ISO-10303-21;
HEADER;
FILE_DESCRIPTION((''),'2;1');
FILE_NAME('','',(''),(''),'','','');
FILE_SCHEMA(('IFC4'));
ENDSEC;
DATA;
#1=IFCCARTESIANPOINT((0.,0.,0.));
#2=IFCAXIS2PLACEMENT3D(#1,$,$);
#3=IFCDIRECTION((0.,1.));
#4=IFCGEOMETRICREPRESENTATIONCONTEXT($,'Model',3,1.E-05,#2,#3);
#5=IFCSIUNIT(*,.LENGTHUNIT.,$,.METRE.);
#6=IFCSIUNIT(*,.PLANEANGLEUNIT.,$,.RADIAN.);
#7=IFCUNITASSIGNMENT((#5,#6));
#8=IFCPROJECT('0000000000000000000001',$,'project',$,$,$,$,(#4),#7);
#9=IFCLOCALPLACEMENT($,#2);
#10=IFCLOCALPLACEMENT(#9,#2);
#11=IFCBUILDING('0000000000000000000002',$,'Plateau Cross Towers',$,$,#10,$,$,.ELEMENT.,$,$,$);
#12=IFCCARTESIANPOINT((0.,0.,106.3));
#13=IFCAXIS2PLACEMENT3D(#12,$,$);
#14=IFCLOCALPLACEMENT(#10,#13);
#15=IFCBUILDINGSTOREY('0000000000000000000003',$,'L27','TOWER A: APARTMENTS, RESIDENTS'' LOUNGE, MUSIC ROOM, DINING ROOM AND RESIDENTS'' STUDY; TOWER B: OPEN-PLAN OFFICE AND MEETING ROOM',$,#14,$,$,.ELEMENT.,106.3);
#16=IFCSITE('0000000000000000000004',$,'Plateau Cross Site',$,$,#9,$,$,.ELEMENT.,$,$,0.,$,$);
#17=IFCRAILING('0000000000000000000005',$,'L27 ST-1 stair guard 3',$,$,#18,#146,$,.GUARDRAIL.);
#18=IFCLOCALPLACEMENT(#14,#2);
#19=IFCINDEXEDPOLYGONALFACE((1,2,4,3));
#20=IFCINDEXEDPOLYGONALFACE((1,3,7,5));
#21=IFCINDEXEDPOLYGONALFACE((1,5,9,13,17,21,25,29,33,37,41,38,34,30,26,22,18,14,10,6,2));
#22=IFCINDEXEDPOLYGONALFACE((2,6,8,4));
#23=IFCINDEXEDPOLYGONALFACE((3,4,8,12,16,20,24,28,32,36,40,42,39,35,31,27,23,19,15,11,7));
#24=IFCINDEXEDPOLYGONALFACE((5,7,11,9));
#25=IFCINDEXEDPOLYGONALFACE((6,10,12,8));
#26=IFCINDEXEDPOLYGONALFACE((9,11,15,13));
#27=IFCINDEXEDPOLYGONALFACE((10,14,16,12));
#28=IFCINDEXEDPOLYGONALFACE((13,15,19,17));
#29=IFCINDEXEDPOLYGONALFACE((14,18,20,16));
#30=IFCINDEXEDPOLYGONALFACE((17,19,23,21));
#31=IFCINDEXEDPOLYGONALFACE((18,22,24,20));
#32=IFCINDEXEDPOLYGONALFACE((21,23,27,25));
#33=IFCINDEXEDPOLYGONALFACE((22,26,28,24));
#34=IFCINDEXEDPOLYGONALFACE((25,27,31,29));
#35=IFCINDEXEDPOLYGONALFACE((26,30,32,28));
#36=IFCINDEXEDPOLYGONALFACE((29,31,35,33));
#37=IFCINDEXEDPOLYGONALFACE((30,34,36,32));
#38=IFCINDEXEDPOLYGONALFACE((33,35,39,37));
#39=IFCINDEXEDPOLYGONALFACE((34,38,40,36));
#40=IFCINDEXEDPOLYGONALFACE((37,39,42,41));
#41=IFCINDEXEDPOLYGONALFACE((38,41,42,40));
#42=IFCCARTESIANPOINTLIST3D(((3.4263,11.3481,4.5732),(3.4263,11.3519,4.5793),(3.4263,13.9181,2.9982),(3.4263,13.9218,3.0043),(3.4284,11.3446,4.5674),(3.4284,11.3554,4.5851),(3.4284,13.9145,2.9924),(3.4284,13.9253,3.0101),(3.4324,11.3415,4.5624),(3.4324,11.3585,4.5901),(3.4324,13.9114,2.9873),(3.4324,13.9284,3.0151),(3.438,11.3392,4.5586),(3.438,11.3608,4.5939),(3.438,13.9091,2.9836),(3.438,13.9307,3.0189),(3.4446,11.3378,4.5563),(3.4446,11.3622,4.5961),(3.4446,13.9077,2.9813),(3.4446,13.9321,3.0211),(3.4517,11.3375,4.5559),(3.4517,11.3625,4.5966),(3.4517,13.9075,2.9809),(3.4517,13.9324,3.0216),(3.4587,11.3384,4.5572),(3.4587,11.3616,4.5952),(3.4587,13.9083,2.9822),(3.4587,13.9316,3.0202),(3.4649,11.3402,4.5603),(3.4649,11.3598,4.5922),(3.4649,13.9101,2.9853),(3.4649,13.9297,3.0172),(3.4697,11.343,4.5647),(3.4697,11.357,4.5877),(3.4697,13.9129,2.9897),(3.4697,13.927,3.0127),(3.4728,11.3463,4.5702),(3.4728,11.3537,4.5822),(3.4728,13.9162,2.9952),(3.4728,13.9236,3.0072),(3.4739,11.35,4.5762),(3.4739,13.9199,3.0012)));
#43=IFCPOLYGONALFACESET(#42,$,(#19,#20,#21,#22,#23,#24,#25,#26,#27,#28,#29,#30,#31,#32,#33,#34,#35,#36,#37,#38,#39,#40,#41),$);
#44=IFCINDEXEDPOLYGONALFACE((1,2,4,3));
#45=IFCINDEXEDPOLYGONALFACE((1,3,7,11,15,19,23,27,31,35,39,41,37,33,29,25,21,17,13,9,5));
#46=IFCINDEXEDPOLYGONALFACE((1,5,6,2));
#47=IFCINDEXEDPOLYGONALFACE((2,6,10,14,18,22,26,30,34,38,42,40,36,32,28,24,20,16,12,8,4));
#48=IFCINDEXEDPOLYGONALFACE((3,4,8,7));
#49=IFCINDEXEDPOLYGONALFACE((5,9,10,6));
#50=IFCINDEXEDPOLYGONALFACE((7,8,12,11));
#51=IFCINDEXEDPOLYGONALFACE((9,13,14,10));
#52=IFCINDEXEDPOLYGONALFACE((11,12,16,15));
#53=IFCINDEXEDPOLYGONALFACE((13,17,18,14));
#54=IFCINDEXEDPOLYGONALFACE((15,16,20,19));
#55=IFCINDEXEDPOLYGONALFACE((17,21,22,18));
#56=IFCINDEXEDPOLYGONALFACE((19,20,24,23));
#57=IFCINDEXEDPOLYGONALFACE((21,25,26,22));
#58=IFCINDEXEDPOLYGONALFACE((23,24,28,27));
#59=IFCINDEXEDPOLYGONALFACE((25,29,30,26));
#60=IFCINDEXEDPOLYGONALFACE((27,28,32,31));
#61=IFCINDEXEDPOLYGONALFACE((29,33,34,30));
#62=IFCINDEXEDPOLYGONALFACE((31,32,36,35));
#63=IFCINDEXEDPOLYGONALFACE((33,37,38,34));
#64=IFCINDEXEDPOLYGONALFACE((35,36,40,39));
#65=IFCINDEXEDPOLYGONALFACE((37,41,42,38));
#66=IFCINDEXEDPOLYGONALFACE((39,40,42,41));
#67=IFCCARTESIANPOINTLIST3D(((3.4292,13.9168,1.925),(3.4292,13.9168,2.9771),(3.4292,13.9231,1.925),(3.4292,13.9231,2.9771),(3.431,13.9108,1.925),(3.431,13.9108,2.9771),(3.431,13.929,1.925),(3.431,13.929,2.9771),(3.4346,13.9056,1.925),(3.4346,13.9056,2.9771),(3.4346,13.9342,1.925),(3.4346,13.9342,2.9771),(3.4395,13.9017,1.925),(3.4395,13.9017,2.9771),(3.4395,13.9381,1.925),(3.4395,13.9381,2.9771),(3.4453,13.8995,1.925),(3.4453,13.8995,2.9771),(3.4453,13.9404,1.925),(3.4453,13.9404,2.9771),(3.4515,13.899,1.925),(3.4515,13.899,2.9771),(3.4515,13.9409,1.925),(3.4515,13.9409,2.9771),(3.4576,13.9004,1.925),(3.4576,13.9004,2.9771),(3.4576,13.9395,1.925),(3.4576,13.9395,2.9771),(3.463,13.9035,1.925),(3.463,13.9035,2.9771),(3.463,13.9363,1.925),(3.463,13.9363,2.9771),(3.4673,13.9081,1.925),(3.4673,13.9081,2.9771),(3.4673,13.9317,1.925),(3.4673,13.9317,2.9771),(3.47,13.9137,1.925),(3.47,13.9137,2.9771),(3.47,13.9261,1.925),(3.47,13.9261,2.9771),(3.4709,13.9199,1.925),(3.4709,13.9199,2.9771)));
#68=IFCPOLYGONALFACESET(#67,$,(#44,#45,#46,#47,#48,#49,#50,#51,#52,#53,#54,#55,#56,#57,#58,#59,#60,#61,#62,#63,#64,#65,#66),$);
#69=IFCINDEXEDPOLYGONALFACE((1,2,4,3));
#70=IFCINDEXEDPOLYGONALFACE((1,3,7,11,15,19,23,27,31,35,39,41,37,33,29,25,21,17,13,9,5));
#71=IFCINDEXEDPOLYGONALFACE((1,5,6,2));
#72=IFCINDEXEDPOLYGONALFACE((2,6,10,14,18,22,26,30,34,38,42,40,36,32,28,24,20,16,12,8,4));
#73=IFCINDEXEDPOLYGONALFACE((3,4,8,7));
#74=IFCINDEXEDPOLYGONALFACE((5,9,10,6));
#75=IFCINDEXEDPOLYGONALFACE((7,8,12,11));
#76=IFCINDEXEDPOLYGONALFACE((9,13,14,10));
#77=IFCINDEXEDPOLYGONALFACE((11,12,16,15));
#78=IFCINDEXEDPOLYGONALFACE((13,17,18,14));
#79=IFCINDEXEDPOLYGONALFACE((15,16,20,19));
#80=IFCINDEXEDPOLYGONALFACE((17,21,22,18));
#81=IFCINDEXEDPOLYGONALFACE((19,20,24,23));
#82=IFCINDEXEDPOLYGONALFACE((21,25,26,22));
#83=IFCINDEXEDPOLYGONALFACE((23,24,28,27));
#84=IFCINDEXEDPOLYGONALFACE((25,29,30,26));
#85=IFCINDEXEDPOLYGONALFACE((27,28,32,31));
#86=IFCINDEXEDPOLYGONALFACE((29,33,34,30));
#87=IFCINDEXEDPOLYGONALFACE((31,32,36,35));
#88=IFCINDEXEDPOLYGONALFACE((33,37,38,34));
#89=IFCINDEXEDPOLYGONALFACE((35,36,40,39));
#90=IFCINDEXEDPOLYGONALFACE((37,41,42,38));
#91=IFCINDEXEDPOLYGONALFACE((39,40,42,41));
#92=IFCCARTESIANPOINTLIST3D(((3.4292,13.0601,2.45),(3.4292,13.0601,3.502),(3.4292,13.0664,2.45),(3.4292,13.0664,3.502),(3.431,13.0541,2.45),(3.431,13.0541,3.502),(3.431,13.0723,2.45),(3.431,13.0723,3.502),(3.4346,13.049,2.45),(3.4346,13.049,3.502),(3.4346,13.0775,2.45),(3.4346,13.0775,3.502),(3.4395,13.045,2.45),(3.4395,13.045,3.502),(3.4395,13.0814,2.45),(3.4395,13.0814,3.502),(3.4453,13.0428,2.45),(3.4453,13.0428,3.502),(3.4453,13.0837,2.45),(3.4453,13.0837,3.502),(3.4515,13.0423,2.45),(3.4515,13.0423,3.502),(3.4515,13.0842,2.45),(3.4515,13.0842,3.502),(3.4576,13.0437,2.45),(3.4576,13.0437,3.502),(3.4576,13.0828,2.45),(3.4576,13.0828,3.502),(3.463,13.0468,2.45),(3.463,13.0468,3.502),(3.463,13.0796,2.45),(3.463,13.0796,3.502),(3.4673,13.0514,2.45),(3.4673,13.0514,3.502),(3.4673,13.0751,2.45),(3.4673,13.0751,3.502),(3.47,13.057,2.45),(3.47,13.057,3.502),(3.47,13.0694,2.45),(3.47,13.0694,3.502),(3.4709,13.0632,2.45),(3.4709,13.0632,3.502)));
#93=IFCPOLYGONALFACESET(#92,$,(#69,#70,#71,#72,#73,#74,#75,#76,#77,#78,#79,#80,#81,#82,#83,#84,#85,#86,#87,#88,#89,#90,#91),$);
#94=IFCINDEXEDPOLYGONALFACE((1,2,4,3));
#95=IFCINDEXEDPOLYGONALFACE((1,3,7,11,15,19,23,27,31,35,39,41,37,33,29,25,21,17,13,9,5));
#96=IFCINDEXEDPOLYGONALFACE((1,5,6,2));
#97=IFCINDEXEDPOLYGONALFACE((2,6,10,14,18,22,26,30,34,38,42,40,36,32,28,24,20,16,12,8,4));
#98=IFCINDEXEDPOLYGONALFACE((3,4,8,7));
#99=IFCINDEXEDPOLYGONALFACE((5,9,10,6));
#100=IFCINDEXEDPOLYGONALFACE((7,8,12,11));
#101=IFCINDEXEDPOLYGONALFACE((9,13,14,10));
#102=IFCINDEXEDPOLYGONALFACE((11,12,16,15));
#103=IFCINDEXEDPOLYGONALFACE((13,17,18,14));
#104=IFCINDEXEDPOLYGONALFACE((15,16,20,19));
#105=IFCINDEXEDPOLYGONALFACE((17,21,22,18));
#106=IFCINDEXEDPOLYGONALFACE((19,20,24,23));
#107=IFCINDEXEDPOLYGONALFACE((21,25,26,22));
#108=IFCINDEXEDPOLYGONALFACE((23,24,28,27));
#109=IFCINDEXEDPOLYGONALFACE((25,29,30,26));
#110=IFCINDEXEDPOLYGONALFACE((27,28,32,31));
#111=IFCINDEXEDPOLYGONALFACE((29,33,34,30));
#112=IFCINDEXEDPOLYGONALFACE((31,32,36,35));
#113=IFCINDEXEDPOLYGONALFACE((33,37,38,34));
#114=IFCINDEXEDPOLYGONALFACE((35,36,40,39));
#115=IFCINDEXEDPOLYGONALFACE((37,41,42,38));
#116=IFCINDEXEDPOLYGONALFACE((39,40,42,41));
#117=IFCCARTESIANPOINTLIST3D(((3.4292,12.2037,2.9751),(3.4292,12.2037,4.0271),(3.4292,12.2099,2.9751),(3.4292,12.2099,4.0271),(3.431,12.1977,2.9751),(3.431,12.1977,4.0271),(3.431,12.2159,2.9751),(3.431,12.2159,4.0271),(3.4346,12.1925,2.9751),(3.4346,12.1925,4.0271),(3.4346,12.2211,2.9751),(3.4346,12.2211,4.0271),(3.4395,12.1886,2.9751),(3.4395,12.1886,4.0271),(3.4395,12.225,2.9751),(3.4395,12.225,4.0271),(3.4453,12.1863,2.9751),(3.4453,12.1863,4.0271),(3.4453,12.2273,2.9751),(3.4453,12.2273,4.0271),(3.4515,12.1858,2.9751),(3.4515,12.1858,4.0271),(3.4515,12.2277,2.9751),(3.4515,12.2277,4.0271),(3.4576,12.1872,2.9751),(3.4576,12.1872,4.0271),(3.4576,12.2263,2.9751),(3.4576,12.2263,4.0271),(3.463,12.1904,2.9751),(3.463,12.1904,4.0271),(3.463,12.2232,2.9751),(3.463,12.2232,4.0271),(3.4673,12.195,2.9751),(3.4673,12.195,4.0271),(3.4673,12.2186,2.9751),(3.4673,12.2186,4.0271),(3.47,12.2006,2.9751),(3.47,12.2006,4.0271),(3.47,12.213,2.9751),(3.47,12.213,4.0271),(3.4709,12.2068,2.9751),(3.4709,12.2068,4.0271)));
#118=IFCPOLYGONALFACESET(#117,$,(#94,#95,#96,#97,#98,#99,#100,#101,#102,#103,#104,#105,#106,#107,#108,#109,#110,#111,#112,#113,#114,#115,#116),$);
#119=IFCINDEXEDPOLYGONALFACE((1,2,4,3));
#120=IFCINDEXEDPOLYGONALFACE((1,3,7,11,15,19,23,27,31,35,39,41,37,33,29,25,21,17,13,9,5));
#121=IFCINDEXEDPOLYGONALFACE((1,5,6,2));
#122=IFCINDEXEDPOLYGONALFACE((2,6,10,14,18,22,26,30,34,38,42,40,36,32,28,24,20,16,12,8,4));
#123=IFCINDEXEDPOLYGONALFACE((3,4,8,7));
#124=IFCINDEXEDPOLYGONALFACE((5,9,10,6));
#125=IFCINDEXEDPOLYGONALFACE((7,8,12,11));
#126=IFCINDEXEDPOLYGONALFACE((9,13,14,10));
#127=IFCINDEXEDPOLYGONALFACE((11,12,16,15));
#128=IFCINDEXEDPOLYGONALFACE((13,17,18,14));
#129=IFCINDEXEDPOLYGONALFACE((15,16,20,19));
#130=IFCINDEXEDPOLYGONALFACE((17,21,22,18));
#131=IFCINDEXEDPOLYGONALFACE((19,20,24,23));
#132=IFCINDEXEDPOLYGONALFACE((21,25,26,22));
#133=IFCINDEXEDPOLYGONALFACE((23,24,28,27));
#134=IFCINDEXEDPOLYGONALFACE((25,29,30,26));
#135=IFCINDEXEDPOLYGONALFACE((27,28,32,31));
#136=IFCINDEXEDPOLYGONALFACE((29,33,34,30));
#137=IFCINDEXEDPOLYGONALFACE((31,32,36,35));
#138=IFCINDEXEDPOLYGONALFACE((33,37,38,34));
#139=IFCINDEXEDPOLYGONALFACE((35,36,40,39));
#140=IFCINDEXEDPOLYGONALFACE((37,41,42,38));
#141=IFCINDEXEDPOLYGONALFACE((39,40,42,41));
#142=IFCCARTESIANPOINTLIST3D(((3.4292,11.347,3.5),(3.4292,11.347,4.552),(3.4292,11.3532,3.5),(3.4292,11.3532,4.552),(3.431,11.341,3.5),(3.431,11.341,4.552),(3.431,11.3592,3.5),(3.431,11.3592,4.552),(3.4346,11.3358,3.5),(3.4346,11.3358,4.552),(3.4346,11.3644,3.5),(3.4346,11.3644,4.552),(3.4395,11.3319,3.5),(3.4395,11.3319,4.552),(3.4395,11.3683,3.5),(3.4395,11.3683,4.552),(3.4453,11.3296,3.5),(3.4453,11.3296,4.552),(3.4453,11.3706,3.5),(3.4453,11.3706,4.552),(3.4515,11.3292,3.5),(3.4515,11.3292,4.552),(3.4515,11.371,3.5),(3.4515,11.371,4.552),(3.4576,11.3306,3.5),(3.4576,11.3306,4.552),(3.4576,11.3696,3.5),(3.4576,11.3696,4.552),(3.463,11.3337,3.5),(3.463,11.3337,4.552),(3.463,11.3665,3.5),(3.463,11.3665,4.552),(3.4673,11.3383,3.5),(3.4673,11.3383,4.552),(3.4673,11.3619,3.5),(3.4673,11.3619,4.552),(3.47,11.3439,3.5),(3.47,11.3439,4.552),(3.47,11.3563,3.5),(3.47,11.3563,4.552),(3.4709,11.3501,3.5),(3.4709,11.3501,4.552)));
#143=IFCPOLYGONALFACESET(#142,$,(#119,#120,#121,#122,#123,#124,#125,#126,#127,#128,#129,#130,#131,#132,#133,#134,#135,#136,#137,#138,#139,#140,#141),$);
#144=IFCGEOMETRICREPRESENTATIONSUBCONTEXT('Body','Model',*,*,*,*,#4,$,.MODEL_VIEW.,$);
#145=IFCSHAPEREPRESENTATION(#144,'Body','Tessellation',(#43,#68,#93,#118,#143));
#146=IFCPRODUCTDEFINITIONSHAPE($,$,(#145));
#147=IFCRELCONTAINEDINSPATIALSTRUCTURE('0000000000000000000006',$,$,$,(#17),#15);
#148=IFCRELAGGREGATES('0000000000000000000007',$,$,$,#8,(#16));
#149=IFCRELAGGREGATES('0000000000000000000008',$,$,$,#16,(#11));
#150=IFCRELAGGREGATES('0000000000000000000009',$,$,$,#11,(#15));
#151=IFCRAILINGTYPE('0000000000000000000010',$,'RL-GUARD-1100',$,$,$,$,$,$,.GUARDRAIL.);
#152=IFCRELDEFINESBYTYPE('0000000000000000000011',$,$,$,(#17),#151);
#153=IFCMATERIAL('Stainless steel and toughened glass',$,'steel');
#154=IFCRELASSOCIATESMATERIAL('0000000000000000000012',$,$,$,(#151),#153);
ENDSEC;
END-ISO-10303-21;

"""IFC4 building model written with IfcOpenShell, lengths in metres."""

from ifc_helpers import new_model, si_unit, direction, frame, origin, origin_2d, place, context, subcontext, project, spatial, circle, extrude, material, type_object, element, save


model = new_model("IFC4")

# Units and contexts
model_context = context("Model", 3, precision=1e-05, world=origin(), true_north=direction((0.0, 1.0)))
body_context = subcontext(model_context, "Body", "Model", "MODEL_VIEW")
ifc_project = project(units=[si_unit("LENGTHUNIT", "METRE"), si_unit("PLANEANGLEUNIT", "RADIAN")], contexts=[model_context])

# Site, building, storey
site_placement = place(None, origin())
site = spatial("IfcSite", under=ifc_project, at=site_placement, Name="Plateau Cross Site", CompositionType="ELEMENT", RefElevation=0.0)
building_placement = place(site_placement, origin())
building = spatial("IfcBuilding", under=site, at=building_placement, Name="Plateau Cross Towers", CompositionType="ELEMENT")
storey_placement = place(building_placement, frame((0.0, 0.0, 106.3)))
storey = spatial("IfcBuildingStorey", under=building, at=storey_placement, Name="L27", Description="TOWER A: APARTMENTS, RESIDENTS' LOUNGE, MUSIC ROOM, DINING ROOM AND RESIDENTS' STUDY; TOWER B: OPEN-PLAN OFFICE AND MEETING ROOM", CompositionType="ELEMENT", Elevation=106.3)

# Railing
ifc_material_1 = material(Name="Stainless steel and toughened glass", Category="steel")
railing_type_1 = type_object("IfcRailingType", Name="RL-GUARD-1100", PredefinedType="GUARDRAIL", material=ifc_material_1)
railing_1_placement = place(storey_placement, frame((3.45, 13.9199, 1.925)))
element("IfcRailing", 1, at=railing_1_placement, inside=storey, type_object=railing_type_1, Name="L27 ST-1 stair guard 3", PredefinedType="GUARDRAIL", context=body_context, shape_type="SweptSolid", body=[
    extrude(circle(Radius=0.0239, at=origin_2d()), frame((0.0, 0.0, 1.0762), z_axis=(0.0, -0.852616, 0.522537), x_axis=(1.0, 0.0, 0.0)), (0.0, 0.0, 1.0), 3.0142),
    extrude(circle(Radius=0.021, at=origin_2d()), origin(), (0.0, 0.0, 1.0), 1.052),
    extrude(circle(Radius=0.021, at=origin_2d()), frame((0.0, -0.8567, 0.5249)), (0.0, 0.0, 1.0), 1.052),
    extrude(circle(Radius=0.021, at=origin_2d()), frame((0.0, -1.7131, 1.05)), (0.0, 0.0, 1.0), 1.052),
    extrude(circle(Radius=0.021, at=origin_2d()), frame((0.0, -2.5698, 1.575)), (0.0, 0.0, 1.0), 1.052),
])

save(model, "model.ifc")
